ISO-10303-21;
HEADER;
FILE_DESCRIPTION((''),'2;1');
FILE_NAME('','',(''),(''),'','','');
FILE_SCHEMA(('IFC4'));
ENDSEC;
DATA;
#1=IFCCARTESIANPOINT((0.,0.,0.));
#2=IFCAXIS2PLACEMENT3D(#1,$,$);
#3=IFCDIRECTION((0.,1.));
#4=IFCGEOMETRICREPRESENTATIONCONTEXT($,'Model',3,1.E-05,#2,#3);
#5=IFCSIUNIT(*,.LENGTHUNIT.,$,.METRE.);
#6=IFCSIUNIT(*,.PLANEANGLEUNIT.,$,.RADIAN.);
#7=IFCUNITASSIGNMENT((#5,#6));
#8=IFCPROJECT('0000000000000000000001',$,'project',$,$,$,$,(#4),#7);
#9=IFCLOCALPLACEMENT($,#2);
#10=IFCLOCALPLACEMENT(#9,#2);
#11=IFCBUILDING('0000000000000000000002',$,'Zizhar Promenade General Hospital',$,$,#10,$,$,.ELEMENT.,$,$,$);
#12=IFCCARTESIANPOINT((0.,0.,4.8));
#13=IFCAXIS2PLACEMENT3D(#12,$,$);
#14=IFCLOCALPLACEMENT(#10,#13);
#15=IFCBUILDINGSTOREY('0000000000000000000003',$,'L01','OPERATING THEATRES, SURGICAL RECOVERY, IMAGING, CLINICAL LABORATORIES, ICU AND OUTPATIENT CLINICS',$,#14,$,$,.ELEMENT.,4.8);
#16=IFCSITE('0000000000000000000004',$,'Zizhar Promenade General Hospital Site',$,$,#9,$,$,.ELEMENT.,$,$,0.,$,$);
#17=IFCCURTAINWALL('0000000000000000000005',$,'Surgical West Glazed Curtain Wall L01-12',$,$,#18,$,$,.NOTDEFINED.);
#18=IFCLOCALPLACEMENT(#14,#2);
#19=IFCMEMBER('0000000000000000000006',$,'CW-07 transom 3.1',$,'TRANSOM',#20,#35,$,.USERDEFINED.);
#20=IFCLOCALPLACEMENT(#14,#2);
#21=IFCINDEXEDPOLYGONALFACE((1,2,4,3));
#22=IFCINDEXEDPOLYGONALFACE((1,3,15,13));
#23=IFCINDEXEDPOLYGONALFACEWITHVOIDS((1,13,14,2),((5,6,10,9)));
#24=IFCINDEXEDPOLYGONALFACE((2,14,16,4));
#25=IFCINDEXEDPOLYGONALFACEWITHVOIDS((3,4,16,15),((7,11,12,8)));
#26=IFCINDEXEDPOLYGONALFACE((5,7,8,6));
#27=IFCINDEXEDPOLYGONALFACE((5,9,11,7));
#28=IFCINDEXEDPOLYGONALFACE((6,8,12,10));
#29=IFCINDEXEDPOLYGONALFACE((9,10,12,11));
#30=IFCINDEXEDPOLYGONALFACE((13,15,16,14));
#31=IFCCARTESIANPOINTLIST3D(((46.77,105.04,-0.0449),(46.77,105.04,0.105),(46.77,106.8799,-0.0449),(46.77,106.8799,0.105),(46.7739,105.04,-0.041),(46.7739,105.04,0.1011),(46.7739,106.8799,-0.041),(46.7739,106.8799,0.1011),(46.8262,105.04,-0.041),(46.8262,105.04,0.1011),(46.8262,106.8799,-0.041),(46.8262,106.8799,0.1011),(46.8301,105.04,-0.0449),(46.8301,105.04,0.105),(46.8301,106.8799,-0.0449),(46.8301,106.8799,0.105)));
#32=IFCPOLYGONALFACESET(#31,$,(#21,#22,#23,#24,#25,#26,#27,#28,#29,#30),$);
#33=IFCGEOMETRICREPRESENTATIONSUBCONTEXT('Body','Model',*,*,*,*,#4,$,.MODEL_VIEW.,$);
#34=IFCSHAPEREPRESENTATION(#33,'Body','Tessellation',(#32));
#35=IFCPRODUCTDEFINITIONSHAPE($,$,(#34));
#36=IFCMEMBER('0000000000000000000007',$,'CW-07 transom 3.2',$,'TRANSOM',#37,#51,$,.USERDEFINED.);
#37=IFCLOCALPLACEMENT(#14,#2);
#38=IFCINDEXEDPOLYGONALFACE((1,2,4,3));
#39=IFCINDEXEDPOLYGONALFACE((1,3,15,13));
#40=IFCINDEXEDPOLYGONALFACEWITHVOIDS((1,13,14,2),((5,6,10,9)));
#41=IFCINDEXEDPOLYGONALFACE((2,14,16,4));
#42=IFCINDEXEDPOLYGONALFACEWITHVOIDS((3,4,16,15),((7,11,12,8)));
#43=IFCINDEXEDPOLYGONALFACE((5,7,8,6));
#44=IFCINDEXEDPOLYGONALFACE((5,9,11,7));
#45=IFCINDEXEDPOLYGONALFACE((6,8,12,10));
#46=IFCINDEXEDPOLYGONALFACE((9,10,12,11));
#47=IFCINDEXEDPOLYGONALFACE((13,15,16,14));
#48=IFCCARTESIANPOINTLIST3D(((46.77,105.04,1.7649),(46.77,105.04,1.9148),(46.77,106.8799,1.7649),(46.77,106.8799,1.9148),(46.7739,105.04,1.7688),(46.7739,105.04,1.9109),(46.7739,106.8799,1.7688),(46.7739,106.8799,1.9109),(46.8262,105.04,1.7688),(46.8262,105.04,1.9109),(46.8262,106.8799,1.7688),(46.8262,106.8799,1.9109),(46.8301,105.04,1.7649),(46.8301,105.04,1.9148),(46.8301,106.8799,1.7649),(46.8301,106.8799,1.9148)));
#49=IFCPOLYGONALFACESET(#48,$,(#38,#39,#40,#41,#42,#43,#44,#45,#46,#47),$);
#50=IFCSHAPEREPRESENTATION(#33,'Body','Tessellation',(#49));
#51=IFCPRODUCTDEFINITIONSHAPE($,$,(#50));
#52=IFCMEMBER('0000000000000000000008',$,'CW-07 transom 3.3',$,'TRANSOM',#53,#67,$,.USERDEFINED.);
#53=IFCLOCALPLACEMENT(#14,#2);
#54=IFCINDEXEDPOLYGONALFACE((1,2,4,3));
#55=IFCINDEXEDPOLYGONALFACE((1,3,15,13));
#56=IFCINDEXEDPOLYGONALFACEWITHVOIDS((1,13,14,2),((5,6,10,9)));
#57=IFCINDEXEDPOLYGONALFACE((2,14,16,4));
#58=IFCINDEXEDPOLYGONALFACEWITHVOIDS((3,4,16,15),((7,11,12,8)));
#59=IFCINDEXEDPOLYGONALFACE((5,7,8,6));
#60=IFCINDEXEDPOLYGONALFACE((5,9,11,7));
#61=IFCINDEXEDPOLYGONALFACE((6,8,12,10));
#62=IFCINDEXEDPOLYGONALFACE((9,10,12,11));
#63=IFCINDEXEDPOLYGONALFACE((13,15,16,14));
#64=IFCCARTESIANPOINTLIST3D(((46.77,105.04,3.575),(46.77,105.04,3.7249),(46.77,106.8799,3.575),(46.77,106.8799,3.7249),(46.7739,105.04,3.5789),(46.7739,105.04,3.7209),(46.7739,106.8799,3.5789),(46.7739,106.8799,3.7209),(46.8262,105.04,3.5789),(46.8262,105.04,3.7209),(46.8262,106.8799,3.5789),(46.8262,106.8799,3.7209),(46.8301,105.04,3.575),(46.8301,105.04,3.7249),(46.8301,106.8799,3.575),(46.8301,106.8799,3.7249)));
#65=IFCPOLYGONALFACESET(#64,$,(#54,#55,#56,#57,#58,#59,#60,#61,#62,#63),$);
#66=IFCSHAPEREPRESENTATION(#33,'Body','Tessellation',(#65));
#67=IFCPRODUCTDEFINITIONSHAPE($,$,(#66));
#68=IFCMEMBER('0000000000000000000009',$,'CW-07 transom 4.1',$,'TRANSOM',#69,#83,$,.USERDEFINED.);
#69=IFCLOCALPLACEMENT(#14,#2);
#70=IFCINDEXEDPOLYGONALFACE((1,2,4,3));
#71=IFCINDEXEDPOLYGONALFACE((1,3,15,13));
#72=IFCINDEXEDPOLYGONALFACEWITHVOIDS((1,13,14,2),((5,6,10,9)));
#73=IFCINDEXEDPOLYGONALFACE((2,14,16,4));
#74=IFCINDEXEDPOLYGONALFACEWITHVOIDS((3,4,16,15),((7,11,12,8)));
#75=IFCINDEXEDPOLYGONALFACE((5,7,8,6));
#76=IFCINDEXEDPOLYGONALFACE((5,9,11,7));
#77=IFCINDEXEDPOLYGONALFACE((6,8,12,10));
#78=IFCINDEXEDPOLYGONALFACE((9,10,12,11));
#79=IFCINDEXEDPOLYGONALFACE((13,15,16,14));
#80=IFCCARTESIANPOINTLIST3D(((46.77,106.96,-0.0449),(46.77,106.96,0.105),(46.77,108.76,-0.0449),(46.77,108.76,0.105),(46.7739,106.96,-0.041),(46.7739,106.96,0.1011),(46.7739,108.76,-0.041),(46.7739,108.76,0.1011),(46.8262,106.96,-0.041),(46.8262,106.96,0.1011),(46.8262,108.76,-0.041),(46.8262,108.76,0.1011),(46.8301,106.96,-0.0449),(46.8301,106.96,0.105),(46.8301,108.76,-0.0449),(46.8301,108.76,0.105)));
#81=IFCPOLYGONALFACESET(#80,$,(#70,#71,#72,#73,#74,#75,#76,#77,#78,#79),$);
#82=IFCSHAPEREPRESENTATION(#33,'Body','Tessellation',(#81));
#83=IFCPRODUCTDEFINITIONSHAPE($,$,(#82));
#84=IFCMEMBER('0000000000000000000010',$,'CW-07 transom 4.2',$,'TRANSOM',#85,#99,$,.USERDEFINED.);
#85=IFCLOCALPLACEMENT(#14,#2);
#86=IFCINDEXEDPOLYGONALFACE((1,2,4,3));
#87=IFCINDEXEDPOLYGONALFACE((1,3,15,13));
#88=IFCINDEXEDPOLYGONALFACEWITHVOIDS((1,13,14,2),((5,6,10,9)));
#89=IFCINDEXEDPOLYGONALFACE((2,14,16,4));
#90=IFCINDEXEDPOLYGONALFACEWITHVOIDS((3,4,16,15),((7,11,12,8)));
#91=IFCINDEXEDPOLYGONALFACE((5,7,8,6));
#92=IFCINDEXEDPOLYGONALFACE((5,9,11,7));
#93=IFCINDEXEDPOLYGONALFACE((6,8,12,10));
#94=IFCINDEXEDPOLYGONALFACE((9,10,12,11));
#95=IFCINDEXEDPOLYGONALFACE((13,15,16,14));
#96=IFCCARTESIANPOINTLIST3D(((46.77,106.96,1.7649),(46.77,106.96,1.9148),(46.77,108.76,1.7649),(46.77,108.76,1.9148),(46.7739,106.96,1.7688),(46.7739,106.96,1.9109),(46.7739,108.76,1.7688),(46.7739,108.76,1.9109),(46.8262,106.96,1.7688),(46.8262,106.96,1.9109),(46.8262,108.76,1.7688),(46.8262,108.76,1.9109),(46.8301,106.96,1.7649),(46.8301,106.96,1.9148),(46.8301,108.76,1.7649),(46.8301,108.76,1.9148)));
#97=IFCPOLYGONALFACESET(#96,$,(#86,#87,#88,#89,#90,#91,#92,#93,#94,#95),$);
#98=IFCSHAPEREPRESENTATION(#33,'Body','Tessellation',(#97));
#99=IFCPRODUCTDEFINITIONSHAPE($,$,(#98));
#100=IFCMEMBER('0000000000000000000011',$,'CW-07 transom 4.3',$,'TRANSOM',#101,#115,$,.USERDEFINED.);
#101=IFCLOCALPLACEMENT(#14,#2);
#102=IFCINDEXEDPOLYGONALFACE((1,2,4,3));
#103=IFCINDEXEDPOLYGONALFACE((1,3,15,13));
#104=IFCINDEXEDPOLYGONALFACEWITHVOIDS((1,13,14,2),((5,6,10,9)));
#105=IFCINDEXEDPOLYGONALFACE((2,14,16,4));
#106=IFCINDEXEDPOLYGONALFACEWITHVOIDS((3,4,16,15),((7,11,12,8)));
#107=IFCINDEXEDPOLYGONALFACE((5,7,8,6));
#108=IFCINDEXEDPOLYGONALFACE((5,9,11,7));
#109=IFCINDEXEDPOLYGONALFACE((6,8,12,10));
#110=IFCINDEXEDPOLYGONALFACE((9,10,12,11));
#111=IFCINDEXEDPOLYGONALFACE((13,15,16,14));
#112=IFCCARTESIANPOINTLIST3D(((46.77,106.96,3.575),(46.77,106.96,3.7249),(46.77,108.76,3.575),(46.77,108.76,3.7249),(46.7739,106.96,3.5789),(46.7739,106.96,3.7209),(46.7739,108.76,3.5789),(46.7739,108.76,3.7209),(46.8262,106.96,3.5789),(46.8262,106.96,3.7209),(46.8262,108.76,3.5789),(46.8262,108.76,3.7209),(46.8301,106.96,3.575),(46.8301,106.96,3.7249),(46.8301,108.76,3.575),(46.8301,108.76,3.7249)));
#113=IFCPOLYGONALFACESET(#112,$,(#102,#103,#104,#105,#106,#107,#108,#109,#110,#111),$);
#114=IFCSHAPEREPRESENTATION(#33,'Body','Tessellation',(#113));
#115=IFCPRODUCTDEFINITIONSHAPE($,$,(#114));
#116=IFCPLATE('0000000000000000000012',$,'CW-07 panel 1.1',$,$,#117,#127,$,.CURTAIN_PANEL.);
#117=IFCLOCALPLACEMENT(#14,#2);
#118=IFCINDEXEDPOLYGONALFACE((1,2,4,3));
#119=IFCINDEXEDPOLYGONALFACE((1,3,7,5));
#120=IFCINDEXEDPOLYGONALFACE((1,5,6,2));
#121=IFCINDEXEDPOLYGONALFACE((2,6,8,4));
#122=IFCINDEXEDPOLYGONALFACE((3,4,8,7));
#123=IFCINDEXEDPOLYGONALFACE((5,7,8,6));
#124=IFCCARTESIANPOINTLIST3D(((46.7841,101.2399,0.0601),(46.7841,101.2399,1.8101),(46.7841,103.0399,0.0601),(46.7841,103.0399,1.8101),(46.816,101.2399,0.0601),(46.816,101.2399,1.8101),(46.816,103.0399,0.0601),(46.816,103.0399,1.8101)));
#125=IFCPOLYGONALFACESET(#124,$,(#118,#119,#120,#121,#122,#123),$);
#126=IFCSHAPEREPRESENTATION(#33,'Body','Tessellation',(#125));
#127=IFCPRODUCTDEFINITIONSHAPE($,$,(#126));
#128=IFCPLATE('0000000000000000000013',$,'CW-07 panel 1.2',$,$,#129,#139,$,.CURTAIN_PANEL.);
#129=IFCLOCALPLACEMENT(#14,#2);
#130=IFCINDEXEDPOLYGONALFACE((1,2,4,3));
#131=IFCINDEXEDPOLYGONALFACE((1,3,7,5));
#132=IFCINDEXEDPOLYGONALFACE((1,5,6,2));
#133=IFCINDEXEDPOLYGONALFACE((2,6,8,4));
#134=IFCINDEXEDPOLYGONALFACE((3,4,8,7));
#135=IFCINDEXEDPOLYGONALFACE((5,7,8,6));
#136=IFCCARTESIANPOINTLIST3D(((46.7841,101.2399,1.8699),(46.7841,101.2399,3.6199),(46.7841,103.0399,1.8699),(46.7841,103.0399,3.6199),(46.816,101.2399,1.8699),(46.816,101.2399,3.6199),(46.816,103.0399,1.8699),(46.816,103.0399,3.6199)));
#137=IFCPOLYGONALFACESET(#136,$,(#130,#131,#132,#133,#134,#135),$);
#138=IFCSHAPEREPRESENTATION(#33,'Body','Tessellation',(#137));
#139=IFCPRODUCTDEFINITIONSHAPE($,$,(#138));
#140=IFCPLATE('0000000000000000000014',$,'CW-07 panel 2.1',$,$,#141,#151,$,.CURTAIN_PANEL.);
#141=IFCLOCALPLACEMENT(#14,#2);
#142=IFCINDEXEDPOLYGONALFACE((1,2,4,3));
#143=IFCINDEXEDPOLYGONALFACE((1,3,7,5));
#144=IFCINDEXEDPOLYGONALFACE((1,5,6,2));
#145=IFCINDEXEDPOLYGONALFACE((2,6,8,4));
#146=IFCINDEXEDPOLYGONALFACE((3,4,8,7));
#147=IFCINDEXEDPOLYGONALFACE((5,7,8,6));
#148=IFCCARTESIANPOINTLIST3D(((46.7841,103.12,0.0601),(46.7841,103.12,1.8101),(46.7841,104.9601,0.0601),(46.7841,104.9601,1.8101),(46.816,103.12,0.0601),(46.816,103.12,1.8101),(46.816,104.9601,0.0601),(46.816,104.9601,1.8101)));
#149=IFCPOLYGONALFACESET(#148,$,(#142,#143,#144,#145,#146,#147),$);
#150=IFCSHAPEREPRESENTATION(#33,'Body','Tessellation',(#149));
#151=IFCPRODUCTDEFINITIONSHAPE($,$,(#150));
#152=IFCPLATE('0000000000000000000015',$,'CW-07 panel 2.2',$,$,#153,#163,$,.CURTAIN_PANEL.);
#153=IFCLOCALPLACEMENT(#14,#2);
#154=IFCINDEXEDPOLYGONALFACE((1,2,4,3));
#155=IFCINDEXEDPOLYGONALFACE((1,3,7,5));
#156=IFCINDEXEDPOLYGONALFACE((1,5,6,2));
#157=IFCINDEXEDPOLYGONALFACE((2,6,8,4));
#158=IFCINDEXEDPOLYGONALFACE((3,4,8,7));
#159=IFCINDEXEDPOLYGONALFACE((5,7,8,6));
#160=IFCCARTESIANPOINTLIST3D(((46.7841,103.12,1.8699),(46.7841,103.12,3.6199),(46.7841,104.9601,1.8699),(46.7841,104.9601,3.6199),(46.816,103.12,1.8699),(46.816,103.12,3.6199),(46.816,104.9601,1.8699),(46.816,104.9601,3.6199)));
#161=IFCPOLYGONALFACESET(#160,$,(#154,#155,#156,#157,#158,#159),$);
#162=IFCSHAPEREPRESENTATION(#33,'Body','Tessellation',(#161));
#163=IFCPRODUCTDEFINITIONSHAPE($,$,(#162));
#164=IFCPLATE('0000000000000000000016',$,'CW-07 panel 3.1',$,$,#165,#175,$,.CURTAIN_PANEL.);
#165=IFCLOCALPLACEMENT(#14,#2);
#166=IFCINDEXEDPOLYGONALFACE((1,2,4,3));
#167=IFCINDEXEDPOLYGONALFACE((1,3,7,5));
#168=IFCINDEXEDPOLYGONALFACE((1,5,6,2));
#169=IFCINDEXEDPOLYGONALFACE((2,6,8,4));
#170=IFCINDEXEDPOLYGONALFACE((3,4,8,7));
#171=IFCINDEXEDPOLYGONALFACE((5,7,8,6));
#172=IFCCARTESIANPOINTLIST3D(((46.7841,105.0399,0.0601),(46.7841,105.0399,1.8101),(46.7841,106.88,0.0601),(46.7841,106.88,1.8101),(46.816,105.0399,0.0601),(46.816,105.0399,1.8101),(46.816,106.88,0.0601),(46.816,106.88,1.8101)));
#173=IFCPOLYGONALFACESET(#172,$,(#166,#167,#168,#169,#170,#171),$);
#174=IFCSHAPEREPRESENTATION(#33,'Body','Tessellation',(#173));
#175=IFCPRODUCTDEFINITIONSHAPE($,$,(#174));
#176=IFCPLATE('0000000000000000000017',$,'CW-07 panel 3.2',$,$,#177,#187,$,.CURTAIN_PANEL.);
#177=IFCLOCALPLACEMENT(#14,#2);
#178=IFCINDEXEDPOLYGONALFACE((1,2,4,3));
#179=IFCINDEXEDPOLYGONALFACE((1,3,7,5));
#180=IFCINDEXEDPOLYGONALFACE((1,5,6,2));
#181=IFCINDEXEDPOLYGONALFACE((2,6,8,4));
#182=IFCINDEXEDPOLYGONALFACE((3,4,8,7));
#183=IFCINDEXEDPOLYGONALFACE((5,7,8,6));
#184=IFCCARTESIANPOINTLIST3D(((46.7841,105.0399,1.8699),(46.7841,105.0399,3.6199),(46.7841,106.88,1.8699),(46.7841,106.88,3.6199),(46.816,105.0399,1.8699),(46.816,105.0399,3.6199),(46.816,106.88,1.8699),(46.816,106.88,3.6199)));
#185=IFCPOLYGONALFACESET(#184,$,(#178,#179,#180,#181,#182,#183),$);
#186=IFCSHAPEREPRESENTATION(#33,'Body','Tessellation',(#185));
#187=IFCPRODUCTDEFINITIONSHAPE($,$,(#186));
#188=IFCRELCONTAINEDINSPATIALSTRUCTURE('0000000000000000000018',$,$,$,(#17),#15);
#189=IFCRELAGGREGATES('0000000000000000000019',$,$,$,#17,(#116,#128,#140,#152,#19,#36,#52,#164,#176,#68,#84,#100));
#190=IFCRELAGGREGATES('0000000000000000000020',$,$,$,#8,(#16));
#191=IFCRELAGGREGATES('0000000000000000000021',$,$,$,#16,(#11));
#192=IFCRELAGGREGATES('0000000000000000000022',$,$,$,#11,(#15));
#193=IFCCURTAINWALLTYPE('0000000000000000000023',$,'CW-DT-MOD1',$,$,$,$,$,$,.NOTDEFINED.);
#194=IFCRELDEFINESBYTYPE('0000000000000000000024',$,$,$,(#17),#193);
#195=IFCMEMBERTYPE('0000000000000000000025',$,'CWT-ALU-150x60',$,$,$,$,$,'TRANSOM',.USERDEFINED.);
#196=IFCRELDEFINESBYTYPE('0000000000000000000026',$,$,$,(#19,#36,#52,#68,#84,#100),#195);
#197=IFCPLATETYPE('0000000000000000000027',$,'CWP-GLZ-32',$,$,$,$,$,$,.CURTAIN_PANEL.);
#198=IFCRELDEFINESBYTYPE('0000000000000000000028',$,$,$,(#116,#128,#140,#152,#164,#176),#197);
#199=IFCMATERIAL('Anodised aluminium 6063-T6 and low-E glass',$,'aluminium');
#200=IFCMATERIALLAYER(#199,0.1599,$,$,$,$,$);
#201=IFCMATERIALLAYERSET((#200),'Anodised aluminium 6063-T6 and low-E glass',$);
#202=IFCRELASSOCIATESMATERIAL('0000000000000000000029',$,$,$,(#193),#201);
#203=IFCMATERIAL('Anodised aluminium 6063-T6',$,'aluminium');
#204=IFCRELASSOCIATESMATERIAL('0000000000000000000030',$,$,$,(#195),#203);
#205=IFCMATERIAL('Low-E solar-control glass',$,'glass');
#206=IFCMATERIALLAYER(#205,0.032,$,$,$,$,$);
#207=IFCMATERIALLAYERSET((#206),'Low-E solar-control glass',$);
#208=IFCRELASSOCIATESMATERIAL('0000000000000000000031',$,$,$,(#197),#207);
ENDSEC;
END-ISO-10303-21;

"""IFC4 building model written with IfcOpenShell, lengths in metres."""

from ifc_helpers import new_model, si_unit, direction, frame, origin, origin_2d, place, context, subcontext, project, spatial, rectangle, hollow_rectangle, extrude, material, layer, layer_set, material_profile, profile_set, type_object, element, aggregate, save


model = new_model("IFC4")

# Units and contexts
model_context = context("Model", 3, precision=1e-05, world=origin(), true_north=direction((0.0, 1.0)))
body_context = subcontext(model_context, "Body", "Model", "MODEL_VIEW")
ifc_project = project(units=[si_unit("LENGTHUNIT", "METRE"), si_unit("PLANEANGLEUNIT", "RADIAN")], contexts=[model_context])

# Site, building, storey
site_placement = place(None, origin())
site = spatial("IfcSite", under=ifc_project, at=site_placement, Name="Zizhar Promenade General Hospital Site", CompositionType="ELEMENT", RefElevation=0.0)
building_placement = place(site_placement, origin())
building = spatial("IfcBuilding", under=site, at=building_placement, Name="Zizhar Promenade General Hospital", CompositionType="ELEMENT")
storey_placement = place(building_placement, frame((0.0, 0.0, 4.8)))
storey = spatial("IfcBuildingStorey", under=building, at=storey_placement, Name="L01", Description="OPERATING THEATRES, SURGICAL RECOVERY, IMAGING, CLINICAL LABORATORIES, ICU AND OUTPATIENT CLINICS", CompositionType="ELEMENT", Elevation=4.8)

# Curtain wall, members, plates
ifc_material_1 = material(Name="Anodised aluminium 6063-T6 and low-E glass", Category="aluminium")
ifc_layer_1 = layer(ifc_material_1, 0.1599)
ifc_layer_set_1 = layer_set([ifc_layer_1], Name="Anodised aluminium 6063-T6 and low-E glass")
curtain_wall_type = type_object("IfcCurtainWallType", Name="CW-DT-MOD1", PredefinedType="NOTDEFINED", material=ifc_layer_set_1)
curtain_wall_placement = place(storey_placement, origin())
curtain_wall = element("IfcCurtainWall", 1, at=curtain_wall_placement, inside=storey, type_object=curtain_wall_type, Name="Surgical West Glazed Curtain Wall L01-12", PredefinedType="NOTDEFINED")
ifc_material_2 = material(Name="Anodised aluminium 6063-T6", Category="aluminium")
ifc_material_profile_1 = material_profile(ifc_material_2, hollow_rectangle(XDim=0.0601, YDim=0.1499, WallThickness=0.0039, at=origin_2d()))
ifc_profile_set_1 = profile_set([ifc_material_profile_1], Name="Anodised aluminium 6063-T6")
member_type_1 = type_object("IfcMemberType", Name="CWT-ALU-150x60", ElementType="TRANSOM", PredefinedType="USERDEFINED", material=ifc_profile_set_1)
member_1_placement = place(storey_placement, frame((46.8, 105.04, 0.03), z_axis=(0.0, 1.0, 0.0), x_axis=(-1.0, 0.0, 0.0)))
member_1 = element("IfcMember", 2, at=member_1_placement, type_object=member_type_1, Name="CW-07 transom 3.1", ObjectType="TRANSOM", PredefinedType="USERDEFINED", context=body_context, shape_type="SweptSolid", body=[
    extrude(hollow_rectangle(XDim=0.0601, YDim=0.1499, WallThickness=0.0039, at=origin_2d()), origin(), (0.0, 0.0, 1.0), 1.8398),
])
member_2_placement = place(storey_placement, frame((46.8, 105.04, 1.8398), z_axis=(0.0, 1.0, 0.0), x_axis=(-1.0, 0.0, 0.0)))
member_2 = element("IfcMember", 3, at=member_2_placement, type_object=member_type_1, Name="CW-07 transom 3.2", ObjectType="TRANSOM", PredefinedType="USERDEFINED", context=body_context, shape_type="SweptSolid", body=[
    extrude(hollow_rectangle(XDim=0.0601, YDim=0.1499, WallThickness=0.0039, at=origin_2d()), origin(), (0.0, 0.0, 1.0), 1.8398),
])
member_3_placement = place(storey_placement, frame((46.8, 105.04, 3.6499), z_axis=(0.0, 1.0, 0.0), x_axis=(-1.0, 0.0, 0.0)))
member_3 = element("IfcMember", 4, at=member_3_placement, type_object=member_type_1, Name="CW-07 transom 3.3", ObjectType="TRANSOM", PredefinedType="USERDEFINED", context=body_context, shape_type="SweptSolid", body=[
    extrude(hollow_rectangle(XDim=0.0601, YDim=0.1499, WallThickness=0.0039, at=origin_2d()), origin(), (0.0, 0.0, 1.0), 1.8398),
])
member_4_placement = place(storey_placement, frame((46.8, 106.96, 0.03), z_axis=(0.0, 1.0, 0.0), x_axis=(-1.0, 0.0, 0.0)))
member_4 = element("IfcMember", 5, at=member_4_placement, type_object=member_type_1, Name="CW-07 transom 4.1", ObjectType="TRANSOM", PredefinedType="USERDEFINED", context=body_context, shape_type="SweptSolid", body=[
    extrude(hollow_rectangle(XDim=0.0601, YDim=0.1499, WallThickness=0.0039, at=origin_2d()), origin(), (0.0, 0.0, 1.0), 1.8),
])
member_5_placement = place(storey_placement, frame((46.8, 106.96, 1.8398), z_axis=(0.0, 1.0, 0.0), x_axis=(-1.0, 0.0, 0.0)))
member_5 = element("IfcMember", 6, at=member_5_placement, type_object=member_type_1, Name="CW-07 transom 4.2", ObjectType="TRANSOM", PredefinedType="USERDEFINED", context=body_context, shape_type="SweptSolid", body=[
    extrude(hollow_rectangle(XDim=0.0601, YDim=0.1499, WallThickness=0.0039, at=origin_2d()), origin(), (0.0, 0.0, 1.0), 1.8),
])
member_6_placement = place(storey_placement, frame((46.8, 106.96, 3.6499), z_axis=(0.0, 1.0, 0.0), x_axis=(-1.0, 0.0, 0.0)))
member_6 = element("IfcMember", 7, at=member_6_placement, type_object=member_type_1, Name="CW-07 transom 4.3", ObjectType="TRANSOM", PredefinedType="USERDEFINED", context=body_context, shape_type="SweptSolid", body=[
    extrude(hollow_rectangle(XDim=0.0601, YDim=0.1499, WallThickness=0.0039, at=origin_2d()), origin(), (0.0, 0.0, 1.0), 1.8),
])
ifc_material_3 = material(Name="Low-E solar-control glass", Category="glass")
ifc_layer_2 = layer(ifc_material_3, 0.032)
ifc_layer_set_2 = layer_set([ifc_layer_2], Name="Low-E solar-control glass")
plate_type = type_object("IfcPlateType", Name="CWP-GLZ-32", PredefinedType="CURTAIN_PANEL", material=ifc_layer_set_2)
plate_1_placement = place(storey_placement, frame((46.8, 102.1399, 0.0601), z_axis=(0.0, 0.0, 1.0), x_axis=(0.0, 1.0, 0.0)))
plate_1 = element("IfcPlate", 8, at=plate_1_placement, type_object=plate_type, Name="CW-07 panel 1.1", PredefinedType="CURTAIN_PANEL", context=body_context, shape_type="SweptSolid", body=[
    extrude(rectangle(XDim=1.8, YDim=0.032, at=origin_2d()), origin(), (0.0, 0.0, 1.0), 1.75),
])
plate_2_placement = place(storey_placement, frame((46.8, 102.1399, 1.8699), z_axis=(0.0, 0.0, 1.0), x_axis=(0.0, 1.0, 0.0)))
plate_2 = element("IfcPlate", 9, at=plate_2_placement, type_object=plate_type, Name="CW-07 panel 1.2", PredefinedType="CURTAIN_PANEL", context=body_context, shape_type="SweptSolid", body=[
    extrude(rectangle(XDim=1.8, YDim=0.032, at=origin_2d()), origin(), (0.0, 0.0, 1.0), 1.75),
])
plate_3_placement = place(storey_placement, frame((46.8, 104.04, 0.0601), z_axis=(0.0, 0.0, 1.0), x_axis=(0.0, 1.0, 0.0)))
plate_3 = element("IfcPlate", 10, at=plate_3_placement, type_object=plate_type, Name="CW-07 panel 2.1", PredefinedType="CURTAIN_PANEL", context=body_context, shape_type="SweptSolid", body=[
    extrude(rectangle(XDim=1.8401, YDim=0.032, at=origin_2d()), origin(), (0.0, 0.0, 1.0), 1.75),
])
plate_4_placement = place(storey_placement, frame((46.8, 104.04, 1.8699), z_axis=(0.0, 0.0, 1.0), x_axis=(0.0, 1.0, 0.0)))
plate_4 = element("IfcPlate", 11, at=plate_4_placement, type_object=plate_type, Name="CW-07 panel 2.2", PredefinedType="CURTAIN_PANEL", context=body_context, shape_type="SweptSolid", body=[
    extrude(rectangle(XDim=1.8401, YDim=0.032, at=origin_2d()), origin(), (0.0, 0.0, 1.0), 1.75),
])
plate_5_placement = place(storey_placement, frame((46.8, 105.96, 0.0601), z_axis=(0.0, 0.0, 1.0), x_axis=(0.0, 1.0, 0.0)))
plate_5 = element("IfcPlate", 12, at=plate_5_placement, type_object=plate_type, Name="CW-07 panel 3.1", PredefinedType="CURTAIN_PANEL", context=body_context, shape_type="SweptSolid", body=[
    extrude(rectangle(XDim=1.8401, YDim=0.032, at=origin_2d()), origin(), (0.0, 0.0, 1.0), 1.75),
])
plate_6_placement = place(storey_placement, frame((46.8, 105.96, 1.8699), z_axis=(0.0, 0.0, 1.0), x_axis=(0.0, 1.0, 0.0)))
plate_6 = element("IfcPlate", 13, at=plate_6_placement, type_object=plate_type, Name="CW-07 panel 3.2", PredefinedType="CURTAIN_PANEL", context=body_context, shape_type="SweptSolid", body=[
    extrude(rectangle(XDim=1.8401, YDim=0.032, at=origin_2d()), origin(), (0.0, 0.0, 1.0), 1.75),
])
aggregate(curtain_wall, [plate_1, plate_2, plate_3, plate_4, member_1, member_2, member_3, plate_5, plate_6, member_4, member_5, member_6])

save(model, "model.ifc")
